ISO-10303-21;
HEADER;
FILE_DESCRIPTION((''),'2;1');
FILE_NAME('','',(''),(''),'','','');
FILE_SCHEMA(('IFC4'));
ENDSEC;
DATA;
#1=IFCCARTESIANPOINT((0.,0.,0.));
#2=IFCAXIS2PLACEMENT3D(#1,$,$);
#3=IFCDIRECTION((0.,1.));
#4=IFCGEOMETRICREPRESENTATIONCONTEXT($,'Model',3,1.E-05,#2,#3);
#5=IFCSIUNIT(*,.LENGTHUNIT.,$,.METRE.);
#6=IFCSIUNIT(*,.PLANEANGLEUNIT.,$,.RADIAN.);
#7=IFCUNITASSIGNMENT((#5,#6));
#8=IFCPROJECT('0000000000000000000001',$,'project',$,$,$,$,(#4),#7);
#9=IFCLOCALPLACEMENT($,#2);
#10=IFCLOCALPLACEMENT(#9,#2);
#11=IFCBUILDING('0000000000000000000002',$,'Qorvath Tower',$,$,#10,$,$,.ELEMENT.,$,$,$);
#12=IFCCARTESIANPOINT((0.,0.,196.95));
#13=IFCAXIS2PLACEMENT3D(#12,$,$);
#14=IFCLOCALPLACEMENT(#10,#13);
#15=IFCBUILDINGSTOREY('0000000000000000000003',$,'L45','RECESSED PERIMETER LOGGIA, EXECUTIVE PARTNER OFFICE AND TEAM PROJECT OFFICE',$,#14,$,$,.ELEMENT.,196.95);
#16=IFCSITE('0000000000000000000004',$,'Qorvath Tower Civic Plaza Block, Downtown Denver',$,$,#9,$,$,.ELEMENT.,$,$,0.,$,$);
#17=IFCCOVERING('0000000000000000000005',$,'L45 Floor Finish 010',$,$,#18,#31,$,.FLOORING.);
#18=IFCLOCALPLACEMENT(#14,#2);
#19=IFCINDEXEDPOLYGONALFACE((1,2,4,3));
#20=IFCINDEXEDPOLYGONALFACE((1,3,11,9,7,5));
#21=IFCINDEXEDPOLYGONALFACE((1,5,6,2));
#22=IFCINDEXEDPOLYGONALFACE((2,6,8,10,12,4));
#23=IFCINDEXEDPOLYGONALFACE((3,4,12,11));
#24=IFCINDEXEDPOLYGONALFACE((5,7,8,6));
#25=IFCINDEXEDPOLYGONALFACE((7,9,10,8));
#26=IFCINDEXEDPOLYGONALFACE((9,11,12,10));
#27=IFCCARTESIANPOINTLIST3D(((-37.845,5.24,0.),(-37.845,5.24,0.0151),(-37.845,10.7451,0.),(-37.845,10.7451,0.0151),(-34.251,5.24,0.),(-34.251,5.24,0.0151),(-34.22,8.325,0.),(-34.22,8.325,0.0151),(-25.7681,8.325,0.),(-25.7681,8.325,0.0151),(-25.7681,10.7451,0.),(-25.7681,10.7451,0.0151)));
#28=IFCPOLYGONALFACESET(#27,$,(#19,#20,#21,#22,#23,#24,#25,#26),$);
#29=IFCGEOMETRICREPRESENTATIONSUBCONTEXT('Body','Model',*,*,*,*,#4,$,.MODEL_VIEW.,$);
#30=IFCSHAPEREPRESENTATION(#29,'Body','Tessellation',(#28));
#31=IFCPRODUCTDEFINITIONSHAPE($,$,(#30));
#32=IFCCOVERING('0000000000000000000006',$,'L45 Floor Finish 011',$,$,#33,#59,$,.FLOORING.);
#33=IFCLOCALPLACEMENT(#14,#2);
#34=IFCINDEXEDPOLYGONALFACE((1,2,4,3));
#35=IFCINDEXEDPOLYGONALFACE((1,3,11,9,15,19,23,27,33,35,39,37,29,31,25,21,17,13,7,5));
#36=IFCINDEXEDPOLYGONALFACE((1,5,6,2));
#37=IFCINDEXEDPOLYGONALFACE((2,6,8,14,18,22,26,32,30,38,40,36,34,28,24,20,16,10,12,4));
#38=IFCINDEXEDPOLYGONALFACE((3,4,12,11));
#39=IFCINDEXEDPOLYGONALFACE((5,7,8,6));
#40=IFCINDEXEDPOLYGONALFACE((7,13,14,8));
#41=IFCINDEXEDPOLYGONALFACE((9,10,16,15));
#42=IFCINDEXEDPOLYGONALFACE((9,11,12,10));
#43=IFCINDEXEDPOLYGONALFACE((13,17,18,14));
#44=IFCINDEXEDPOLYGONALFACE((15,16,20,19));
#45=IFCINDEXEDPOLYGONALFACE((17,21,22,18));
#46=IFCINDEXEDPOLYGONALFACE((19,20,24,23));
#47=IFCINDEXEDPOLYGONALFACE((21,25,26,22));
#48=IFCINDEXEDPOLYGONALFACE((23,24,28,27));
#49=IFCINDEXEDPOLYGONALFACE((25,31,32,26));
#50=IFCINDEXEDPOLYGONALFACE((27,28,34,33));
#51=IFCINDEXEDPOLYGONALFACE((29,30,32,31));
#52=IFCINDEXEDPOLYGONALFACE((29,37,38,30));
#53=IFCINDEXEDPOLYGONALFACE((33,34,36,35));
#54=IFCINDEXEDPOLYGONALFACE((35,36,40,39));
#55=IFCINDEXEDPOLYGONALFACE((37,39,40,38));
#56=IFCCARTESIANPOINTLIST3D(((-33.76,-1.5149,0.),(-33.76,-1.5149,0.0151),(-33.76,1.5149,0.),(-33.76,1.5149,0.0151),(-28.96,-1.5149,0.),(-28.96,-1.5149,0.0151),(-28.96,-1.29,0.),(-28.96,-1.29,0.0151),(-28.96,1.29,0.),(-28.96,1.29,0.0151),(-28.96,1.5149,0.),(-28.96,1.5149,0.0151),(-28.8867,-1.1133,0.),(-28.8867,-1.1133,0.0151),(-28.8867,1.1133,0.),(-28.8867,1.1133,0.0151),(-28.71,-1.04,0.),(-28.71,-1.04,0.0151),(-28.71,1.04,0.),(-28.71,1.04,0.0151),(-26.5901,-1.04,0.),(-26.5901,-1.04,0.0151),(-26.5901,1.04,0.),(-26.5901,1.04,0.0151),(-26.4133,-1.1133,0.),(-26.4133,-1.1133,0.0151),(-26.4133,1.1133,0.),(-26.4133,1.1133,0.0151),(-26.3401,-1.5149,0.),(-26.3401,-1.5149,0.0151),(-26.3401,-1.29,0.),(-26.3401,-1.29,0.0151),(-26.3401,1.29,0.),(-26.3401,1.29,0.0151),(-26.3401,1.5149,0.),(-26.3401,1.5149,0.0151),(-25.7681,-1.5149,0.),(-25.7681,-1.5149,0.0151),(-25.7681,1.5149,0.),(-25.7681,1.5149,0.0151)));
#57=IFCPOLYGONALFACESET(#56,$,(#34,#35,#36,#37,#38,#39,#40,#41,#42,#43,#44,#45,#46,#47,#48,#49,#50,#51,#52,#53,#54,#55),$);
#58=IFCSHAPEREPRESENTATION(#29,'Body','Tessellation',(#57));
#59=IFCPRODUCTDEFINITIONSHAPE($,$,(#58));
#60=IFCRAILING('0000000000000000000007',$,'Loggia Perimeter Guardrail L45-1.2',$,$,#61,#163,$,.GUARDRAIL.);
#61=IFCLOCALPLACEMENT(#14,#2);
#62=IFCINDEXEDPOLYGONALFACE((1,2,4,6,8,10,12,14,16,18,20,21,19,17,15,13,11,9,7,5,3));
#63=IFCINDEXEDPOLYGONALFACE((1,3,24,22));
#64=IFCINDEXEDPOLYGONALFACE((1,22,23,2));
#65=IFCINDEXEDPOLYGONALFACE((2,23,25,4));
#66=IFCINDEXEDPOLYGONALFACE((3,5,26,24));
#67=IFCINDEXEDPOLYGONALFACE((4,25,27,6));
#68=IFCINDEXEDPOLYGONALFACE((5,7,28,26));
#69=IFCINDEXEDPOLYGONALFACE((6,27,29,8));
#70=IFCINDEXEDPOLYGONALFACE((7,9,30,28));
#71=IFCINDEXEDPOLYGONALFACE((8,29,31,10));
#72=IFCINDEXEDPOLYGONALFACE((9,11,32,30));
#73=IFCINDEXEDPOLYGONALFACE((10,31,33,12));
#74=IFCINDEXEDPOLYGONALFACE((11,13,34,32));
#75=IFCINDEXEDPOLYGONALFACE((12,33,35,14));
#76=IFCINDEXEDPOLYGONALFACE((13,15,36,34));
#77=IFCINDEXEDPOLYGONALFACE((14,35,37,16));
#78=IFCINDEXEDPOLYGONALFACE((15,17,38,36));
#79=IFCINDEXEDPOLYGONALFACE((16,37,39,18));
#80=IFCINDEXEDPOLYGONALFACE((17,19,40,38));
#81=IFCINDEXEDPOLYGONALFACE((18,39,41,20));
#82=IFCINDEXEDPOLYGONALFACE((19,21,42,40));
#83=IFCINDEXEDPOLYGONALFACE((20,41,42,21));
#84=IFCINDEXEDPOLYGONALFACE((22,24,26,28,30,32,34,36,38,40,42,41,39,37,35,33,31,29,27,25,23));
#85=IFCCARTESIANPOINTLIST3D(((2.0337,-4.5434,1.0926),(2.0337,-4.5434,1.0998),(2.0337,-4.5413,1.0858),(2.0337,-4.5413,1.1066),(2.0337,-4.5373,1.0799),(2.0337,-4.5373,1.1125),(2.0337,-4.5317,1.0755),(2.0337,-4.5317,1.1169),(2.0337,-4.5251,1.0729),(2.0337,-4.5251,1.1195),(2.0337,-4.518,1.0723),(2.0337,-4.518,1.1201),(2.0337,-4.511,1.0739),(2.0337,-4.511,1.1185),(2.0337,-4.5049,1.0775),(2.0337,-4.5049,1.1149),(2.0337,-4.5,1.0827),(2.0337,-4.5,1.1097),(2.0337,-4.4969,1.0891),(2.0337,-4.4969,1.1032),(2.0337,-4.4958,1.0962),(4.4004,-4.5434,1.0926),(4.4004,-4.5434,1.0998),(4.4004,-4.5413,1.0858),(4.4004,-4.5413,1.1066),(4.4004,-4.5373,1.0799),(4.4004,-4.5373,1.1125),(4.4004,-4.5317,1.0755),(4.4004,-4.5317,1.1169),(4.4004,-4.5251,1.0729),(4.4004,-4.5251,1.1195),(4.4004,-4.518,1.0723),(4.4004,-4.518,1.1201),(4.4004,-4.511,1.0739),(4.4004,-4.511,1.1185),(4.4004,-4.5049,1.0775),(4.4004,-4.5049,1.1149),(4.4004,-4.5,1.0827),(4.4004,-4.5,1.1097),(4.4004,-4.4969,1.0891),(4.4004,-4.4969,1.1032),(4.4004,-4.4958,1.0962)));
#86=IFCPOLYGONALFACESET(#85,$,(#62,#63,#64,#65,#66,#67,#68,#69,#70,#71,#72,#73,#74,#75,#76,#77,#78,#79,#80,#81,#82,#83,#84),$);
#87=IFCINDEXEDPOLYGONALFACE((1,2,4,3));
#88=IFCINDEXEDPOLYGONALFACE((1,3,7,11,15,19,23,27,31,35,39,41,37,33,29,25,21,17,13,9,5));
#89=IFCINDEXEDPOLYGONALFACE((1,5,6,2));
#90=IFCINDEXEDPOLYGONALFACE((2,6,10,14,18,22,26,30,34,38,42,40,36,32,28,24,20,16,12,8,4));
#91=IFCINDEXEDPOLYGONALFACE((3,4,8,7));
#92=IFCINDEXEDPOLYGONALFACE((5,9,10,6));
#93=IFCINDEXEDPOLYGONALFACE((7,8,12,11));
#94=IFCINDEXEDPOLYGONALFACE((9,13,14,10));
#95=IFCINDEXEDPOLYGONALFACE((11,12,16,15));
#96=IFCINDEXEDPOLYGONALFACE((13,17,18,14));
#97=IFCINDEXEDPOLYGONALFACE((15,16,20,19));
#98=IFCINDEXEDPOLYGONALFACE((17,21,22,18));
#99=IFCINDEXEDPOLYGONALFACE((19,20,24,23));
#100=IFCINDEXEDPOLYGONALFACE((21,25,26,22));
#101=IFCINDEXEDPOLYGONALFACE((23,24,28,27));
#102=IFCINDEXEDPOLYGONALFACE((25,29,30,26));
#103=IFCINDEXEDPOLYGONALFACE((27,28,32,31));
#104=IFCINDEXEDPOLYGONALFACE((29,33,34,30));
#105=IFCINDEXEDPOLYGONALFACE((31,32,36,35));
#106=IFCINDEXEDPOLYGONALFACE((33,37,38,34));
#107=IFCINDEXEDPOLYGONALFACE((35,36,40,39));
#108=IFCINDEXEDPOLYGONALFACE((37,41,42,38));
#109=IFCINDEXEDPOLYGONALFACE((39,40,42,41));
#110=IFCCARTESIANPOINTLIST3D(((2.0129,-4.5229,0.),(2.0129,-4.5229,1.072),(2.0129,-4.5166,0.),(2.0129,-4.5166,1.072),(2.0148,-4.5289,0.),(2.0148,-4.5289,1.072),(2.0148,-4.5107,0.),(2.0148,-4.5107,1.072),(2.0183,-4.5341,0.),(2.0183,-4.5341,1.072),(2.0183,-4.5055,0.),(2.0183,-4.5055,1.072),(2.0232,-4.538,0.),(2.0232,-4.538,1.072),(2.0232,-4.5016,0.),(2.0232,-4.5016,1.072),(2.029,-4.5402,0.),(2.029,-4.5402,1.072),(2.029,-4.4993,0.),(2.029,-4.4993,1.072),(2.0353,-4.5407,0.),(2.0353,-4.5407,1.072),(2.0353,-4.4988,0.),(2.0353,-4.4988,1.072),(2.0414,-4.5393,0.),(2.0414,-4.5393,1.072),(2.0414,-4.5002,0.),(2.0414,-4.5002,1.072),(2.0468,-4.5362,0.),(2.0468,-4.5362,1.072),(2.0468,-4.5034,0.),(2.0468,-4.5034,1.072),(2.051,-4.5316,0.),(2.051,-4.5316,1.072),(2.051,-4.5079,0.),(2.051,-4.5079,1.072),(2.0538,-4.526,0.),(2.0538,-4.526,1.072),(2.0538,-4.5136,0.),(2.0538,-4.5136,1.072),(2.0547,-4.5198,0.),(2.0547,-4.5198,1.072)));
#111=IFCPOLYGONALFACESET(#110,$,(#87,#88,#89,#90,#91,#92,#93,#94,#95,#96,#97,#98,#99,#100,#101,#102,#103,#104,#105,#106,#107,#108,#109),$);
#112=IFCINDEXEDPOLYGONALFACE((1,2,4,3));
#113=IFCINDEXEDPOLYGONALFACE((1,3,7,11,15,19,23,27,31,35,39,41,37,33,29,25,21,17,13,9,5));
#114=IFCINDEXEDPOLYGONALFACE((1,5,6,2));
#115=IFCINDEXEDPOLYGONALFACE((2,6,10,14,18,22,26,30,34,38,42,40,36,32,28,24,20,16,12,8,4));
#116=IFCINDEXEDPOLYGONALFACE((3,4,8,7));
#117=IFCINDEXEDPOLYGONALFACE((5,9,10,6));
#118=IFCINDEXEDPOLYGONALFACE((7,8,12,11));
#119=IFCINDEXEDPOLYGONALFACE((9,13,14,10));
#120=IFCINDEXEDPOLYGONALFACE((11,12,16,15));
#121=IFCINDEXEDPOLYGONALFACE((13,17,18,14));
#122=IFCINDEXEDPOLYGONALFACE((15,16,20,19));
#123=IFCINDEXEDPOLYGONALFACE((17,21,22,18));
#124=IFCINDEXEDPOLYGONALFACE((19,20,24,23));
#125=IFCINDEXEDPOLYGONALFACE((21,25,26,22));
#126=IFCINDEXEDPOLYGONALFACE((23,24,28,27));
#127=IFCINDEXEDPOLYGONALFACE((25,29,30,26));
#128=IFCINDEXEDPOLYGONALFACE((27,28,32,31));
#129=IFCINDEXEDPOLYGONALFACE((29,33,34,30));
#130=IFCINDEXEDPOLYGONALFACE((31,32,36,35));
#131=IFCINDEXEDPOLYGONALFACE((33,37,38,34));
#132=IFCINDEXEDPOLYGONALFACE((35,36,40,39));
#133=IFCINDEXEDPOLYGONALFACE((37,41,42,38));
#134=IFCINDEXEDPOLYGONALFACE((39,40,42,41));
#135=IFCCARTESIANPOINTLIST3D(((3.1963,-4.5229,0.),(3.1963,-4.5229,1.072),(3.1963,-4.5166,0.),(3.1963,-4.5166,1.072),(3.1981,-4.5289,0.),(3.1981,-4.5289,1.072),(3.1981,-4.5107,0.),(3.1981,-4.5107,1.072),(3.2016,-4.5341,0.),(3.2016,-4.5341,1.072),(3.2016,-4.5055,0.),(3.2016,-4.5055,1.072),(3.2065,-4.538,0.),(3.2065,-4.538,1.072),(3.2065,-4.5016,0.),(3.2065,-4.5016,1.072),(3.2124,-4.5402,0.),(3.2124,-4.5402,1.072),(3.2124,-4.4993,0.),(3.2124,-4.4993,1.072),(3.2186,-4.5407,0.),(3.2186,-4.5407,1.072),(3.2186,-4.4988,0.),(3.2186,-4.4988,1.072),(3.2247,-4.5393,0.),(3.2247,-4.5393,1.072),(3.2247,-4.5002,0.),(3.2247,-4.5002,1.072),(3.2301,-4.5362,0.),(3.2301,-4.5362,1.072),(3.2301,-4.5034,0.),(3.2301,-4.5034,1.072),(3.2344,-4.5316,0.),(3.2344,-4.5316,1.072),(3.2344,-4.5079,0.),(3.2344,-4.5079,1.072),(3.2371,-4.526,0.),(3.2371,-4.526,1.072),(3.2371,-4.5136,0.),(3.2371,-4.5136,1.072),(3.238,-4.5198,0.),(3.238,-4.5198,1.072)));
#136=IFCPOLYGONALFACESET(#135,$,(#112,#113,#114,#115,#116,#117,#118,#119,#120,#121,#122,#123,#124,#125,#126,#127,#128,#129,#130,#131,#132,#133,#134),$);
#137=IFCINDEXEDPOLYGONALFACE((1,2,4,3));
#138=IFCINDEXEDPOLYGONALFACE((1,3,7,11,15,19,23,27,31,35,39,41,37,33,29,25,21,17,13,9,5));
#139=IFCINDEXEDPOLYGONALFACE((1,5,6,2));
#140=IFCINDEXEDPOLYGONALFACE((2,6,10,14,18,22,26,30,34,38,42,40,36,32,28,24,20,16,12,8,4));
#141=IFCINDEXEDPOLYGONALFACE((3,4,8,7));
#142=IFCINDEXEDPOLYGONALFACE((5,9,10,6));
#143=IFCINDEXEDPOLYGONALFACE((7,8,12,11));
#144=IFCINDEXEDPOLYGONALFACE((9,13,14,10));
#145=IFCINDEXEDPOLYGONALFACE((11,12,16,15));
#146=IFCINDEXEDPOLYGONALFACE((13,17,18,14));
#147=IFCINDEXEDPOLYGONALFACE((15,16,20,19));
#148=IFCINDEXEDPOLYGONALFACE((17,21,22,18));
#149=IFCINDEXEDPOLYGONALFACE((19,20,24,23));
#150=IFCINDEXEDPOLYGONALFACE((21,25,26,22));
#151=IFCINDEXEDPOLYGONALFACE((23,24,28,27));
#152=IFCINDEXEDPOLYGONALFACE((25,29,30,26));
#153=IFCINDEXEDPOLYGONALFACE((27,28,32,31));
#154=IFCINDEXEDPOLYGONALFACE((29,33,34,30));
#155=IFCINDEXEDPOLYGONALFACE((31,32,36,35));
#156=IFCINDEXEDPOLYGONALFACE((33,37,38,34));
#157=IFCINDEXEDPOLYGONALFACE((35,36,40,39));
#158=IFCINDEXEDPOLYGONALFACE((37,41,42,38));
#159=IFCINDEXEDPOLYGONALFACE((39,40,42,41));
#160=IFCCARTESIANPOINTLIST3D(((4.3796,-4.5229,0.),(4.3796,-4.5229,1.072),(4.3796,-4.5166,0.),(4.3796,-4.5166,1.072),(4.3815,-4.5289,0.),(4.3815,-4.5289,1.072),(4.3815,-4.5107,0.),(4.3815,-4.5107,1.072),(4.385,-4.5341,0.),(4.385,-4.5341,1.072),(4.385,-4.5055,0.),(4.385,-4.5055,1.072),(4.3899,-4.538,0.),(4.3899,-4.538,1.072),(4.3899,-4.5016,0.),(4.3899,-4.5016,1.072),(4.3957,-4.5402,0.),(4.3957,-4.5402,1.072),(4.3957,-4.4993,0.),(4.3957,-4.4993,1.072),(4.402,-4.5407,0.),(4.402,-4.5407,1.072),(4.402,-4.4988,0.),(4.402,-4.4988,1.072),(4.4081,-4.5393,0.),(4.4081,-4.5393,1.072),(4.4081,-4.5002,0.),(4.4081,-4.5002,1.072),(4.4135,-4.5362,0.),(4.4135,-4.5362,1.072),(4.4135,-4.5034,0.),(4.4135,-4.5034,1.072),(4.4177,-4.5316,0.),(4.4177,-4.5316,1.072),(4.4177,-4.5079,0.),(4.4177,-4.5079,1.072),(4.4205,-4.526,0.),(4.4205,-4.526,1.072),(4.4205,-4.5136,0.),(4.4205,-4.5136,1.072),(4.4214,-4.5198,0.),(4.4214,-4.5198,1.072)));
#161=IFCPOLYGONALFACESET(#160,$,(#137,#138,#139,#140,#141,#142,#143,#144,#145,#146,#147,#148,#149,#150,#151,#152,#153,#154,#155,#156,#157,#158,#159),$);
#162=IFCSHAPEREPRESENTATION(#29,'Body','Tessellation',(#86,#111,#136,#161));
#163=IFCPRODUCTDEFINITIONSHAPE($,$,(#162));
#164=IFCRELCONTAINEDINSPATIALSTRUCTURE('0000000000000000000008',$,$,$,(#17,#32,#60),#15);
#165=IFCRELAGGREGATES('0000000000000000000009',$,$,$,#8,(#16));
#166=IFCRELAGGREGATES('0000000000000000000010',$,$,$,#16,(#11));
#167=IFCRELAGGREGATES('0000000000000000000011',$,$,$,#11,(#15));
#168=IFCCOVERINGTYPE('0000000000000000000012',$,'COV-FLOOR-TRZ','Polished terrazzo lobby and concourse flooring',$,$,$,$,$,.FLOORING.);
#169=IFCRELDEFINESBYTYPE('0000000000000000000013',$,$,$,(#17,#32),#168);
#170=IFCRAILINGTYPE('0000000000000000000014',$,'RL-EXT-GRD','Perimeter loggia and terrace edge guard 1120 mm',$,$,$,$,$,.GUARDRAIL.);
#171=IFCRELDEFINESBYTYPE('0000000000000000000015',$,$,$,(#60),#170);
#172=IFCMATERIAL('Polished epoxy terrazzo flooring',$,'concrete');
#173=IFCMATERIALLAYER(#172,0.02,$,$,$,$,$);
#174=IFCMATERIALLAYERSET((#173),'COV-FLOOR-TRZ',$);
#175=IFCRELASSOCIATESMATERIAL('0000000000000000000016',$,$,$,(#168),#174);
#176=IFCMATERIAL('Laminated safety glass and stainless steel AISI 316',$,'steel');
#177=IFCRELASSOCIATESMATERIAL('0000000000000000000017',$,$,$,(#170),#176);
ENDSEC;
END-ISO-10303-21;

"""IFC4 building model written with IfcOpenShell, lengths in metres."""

from ifc_helpers import new_model, si_unit, direction, frame, origin, origin_2d, place, context, subcontext, project, spatial, polyline, circle, outline, extrude, material, layer, layer_set, type_object, element, save


model = new_model("IFC4")

# Units and contexts
model_context = context("Model", 3, precision=1e-05, world=origin(), true_north=direction((0.0, 1.0)))
body_context = subcontext(model_context, "Body", "Model", "MODEL_VIEW")
ifc_project = project(units=[si_unit("LENGTHUNIT", "METRE"), si_unit("PLANEANGLEUNIT", "RADIAN")], contexts=[model_context])

# Site, building, storey
site_placement = place(None, origin())
site = spatial("IfcSite", under=ifc_project, at=site_placement, Name="Qorvath Tower Civic Plaza Block, Downtown Denver", CompositionType="ELEMENT", RefElevation=0.0)
building_placement = place(site_placement, origin())
building = spatial("IfcBuilding", under=site, at=building_placement, Name="Qorvath Tower", CompositionType="ELEMENT")
storey_placement = place(building_placement, frame((0.0, 0.0, 196.95)))
storey = spatial("IfcBuildingStorey", under=building, at=storey_placement, Name="L45", Description="RECESSED PERIMETER LOGGIA, EXECUTIVE PARTNER OFFICE AND TEAM PROJECT OFFICE", CompositionType="ELEMENT", Elevation=196.95)

# Coverings
ifc_material_1 = material(Name="Polished epoxy terrazzo flooring", Category="concrete")
ifc_layer_1 = layer(ifc_material_1, 0.02)
ifc_layer_set_1 = layer_set([ifc_layer_1], Name="COV-FLOOR-TRZ")
covering_type_1 = type_object("IfcCoveringType", Name="COV-FLOOR-TRZ", Description="Polished terrazzo lobby and concourse flooring", PredefinedType="FLOORING", material=ifc_layer_set_1)
covering_1_placement = place(storey_placement, origin())
element("IfcCovering", 1, at=covering_1_placement, inside=storey, type_object=covering_type_1, Name="L45 Floor Finish 010", PredefinedType="FLOORING", context=body_context, shape_type="SweptSolid", body=[
    extrude(outline(polyline([(-25.7681, 8.325), (-25.7681, 10.7451), (-37.845, 10.7451), (-37.845, 5.24), (-34.251, 5.24), (-34.22, 8.325), (-25.7681, 8.325)])), origin(), (0.0, 0.0, 1.0), 0.0151),
])
covering_2_placement = place(storey_placement, origin())
element("IfcCovering", 2, at=covering_2_placement, inside=storey, type_object=covering_type_1, Name="L45 Floor Finish 011", PredefinedType="FLOORING", context=body_context, shape_type="SweptSolid", body=[
    extrude(outline(polyline([(-25.7681, -1.5149), (-25.7681, 1.5149), (-26.3401, 1.5149), (-26.3401, 1.29), (-26.4133, 1.1133), (-26.5901, 1.04), (-28.71, 1.04), (-28.8867, 1.1133), (-28.96, 1.29), (-28.96, 1.5149), (-33.76, 1.5149), (-33.76, -1.5149), (-28.96, -1.5149), (-28.96, -1.29), (-28.8867, -1.1133), (-28.71, -1.04), (-26.5901, -1.04), (-26.4133, -1.1133), (-26.3401, -1.29), (-26.3401, -1.5149), (-25.7681, -1.5149)])), origin(), (0.0, 0.0, 1.0), 0.0151),
])

# Railing
ifc_material_2 = material(Name="Laminated safety glass and stainless steel AISI 316", Category="steel")
railing_type = type_object("IfcRailingType", Name="RL-EXT-GRD", Description="Perimeter loggia and terrace edge guard 1120 mm", PredefinedType="GUARDRAIL", material=ifc_material_2)
railing_1_placement = place(storey_placement, frame((2.0337, -4.5198, 0.0)))
element("IfcRailing", 3, at=railing_1_placement, inside=storey, type_object=railing_type, Name="Loggia Perimeter Guardrail L45-1.2", PredefinedType="GUARDRAIL", context=body_context, shape_type="SweptSolid", body=[
    extrude(circle(Radius=0.0239, at=origin_2d()), frame((0.0, 0.0, 1.0962), z_axis=(1.0, 0.0, 0.0), x_axis=(0.0, 1.0, 0.0)), (0.0, 0.0, 1.0), 2.3667),
    extrude(circle(Radius=0.021, at=origin_2d()), origin(), (0.0, 0.0, 1.0), 1.072),
    extrude(circle(Radius=0.021, at=origin_2d()), frame((1.1833, 0.0, 0.0)), (0.0, 0.0, 1.0), 1.072),
    extrude(circle(Radius=0.021, at=origin_2d()), frame((2.3667, 0.0, 0.0)), (0.0, 0.0, 1.0), 1.072),
])

save(model, "model.ifc")
